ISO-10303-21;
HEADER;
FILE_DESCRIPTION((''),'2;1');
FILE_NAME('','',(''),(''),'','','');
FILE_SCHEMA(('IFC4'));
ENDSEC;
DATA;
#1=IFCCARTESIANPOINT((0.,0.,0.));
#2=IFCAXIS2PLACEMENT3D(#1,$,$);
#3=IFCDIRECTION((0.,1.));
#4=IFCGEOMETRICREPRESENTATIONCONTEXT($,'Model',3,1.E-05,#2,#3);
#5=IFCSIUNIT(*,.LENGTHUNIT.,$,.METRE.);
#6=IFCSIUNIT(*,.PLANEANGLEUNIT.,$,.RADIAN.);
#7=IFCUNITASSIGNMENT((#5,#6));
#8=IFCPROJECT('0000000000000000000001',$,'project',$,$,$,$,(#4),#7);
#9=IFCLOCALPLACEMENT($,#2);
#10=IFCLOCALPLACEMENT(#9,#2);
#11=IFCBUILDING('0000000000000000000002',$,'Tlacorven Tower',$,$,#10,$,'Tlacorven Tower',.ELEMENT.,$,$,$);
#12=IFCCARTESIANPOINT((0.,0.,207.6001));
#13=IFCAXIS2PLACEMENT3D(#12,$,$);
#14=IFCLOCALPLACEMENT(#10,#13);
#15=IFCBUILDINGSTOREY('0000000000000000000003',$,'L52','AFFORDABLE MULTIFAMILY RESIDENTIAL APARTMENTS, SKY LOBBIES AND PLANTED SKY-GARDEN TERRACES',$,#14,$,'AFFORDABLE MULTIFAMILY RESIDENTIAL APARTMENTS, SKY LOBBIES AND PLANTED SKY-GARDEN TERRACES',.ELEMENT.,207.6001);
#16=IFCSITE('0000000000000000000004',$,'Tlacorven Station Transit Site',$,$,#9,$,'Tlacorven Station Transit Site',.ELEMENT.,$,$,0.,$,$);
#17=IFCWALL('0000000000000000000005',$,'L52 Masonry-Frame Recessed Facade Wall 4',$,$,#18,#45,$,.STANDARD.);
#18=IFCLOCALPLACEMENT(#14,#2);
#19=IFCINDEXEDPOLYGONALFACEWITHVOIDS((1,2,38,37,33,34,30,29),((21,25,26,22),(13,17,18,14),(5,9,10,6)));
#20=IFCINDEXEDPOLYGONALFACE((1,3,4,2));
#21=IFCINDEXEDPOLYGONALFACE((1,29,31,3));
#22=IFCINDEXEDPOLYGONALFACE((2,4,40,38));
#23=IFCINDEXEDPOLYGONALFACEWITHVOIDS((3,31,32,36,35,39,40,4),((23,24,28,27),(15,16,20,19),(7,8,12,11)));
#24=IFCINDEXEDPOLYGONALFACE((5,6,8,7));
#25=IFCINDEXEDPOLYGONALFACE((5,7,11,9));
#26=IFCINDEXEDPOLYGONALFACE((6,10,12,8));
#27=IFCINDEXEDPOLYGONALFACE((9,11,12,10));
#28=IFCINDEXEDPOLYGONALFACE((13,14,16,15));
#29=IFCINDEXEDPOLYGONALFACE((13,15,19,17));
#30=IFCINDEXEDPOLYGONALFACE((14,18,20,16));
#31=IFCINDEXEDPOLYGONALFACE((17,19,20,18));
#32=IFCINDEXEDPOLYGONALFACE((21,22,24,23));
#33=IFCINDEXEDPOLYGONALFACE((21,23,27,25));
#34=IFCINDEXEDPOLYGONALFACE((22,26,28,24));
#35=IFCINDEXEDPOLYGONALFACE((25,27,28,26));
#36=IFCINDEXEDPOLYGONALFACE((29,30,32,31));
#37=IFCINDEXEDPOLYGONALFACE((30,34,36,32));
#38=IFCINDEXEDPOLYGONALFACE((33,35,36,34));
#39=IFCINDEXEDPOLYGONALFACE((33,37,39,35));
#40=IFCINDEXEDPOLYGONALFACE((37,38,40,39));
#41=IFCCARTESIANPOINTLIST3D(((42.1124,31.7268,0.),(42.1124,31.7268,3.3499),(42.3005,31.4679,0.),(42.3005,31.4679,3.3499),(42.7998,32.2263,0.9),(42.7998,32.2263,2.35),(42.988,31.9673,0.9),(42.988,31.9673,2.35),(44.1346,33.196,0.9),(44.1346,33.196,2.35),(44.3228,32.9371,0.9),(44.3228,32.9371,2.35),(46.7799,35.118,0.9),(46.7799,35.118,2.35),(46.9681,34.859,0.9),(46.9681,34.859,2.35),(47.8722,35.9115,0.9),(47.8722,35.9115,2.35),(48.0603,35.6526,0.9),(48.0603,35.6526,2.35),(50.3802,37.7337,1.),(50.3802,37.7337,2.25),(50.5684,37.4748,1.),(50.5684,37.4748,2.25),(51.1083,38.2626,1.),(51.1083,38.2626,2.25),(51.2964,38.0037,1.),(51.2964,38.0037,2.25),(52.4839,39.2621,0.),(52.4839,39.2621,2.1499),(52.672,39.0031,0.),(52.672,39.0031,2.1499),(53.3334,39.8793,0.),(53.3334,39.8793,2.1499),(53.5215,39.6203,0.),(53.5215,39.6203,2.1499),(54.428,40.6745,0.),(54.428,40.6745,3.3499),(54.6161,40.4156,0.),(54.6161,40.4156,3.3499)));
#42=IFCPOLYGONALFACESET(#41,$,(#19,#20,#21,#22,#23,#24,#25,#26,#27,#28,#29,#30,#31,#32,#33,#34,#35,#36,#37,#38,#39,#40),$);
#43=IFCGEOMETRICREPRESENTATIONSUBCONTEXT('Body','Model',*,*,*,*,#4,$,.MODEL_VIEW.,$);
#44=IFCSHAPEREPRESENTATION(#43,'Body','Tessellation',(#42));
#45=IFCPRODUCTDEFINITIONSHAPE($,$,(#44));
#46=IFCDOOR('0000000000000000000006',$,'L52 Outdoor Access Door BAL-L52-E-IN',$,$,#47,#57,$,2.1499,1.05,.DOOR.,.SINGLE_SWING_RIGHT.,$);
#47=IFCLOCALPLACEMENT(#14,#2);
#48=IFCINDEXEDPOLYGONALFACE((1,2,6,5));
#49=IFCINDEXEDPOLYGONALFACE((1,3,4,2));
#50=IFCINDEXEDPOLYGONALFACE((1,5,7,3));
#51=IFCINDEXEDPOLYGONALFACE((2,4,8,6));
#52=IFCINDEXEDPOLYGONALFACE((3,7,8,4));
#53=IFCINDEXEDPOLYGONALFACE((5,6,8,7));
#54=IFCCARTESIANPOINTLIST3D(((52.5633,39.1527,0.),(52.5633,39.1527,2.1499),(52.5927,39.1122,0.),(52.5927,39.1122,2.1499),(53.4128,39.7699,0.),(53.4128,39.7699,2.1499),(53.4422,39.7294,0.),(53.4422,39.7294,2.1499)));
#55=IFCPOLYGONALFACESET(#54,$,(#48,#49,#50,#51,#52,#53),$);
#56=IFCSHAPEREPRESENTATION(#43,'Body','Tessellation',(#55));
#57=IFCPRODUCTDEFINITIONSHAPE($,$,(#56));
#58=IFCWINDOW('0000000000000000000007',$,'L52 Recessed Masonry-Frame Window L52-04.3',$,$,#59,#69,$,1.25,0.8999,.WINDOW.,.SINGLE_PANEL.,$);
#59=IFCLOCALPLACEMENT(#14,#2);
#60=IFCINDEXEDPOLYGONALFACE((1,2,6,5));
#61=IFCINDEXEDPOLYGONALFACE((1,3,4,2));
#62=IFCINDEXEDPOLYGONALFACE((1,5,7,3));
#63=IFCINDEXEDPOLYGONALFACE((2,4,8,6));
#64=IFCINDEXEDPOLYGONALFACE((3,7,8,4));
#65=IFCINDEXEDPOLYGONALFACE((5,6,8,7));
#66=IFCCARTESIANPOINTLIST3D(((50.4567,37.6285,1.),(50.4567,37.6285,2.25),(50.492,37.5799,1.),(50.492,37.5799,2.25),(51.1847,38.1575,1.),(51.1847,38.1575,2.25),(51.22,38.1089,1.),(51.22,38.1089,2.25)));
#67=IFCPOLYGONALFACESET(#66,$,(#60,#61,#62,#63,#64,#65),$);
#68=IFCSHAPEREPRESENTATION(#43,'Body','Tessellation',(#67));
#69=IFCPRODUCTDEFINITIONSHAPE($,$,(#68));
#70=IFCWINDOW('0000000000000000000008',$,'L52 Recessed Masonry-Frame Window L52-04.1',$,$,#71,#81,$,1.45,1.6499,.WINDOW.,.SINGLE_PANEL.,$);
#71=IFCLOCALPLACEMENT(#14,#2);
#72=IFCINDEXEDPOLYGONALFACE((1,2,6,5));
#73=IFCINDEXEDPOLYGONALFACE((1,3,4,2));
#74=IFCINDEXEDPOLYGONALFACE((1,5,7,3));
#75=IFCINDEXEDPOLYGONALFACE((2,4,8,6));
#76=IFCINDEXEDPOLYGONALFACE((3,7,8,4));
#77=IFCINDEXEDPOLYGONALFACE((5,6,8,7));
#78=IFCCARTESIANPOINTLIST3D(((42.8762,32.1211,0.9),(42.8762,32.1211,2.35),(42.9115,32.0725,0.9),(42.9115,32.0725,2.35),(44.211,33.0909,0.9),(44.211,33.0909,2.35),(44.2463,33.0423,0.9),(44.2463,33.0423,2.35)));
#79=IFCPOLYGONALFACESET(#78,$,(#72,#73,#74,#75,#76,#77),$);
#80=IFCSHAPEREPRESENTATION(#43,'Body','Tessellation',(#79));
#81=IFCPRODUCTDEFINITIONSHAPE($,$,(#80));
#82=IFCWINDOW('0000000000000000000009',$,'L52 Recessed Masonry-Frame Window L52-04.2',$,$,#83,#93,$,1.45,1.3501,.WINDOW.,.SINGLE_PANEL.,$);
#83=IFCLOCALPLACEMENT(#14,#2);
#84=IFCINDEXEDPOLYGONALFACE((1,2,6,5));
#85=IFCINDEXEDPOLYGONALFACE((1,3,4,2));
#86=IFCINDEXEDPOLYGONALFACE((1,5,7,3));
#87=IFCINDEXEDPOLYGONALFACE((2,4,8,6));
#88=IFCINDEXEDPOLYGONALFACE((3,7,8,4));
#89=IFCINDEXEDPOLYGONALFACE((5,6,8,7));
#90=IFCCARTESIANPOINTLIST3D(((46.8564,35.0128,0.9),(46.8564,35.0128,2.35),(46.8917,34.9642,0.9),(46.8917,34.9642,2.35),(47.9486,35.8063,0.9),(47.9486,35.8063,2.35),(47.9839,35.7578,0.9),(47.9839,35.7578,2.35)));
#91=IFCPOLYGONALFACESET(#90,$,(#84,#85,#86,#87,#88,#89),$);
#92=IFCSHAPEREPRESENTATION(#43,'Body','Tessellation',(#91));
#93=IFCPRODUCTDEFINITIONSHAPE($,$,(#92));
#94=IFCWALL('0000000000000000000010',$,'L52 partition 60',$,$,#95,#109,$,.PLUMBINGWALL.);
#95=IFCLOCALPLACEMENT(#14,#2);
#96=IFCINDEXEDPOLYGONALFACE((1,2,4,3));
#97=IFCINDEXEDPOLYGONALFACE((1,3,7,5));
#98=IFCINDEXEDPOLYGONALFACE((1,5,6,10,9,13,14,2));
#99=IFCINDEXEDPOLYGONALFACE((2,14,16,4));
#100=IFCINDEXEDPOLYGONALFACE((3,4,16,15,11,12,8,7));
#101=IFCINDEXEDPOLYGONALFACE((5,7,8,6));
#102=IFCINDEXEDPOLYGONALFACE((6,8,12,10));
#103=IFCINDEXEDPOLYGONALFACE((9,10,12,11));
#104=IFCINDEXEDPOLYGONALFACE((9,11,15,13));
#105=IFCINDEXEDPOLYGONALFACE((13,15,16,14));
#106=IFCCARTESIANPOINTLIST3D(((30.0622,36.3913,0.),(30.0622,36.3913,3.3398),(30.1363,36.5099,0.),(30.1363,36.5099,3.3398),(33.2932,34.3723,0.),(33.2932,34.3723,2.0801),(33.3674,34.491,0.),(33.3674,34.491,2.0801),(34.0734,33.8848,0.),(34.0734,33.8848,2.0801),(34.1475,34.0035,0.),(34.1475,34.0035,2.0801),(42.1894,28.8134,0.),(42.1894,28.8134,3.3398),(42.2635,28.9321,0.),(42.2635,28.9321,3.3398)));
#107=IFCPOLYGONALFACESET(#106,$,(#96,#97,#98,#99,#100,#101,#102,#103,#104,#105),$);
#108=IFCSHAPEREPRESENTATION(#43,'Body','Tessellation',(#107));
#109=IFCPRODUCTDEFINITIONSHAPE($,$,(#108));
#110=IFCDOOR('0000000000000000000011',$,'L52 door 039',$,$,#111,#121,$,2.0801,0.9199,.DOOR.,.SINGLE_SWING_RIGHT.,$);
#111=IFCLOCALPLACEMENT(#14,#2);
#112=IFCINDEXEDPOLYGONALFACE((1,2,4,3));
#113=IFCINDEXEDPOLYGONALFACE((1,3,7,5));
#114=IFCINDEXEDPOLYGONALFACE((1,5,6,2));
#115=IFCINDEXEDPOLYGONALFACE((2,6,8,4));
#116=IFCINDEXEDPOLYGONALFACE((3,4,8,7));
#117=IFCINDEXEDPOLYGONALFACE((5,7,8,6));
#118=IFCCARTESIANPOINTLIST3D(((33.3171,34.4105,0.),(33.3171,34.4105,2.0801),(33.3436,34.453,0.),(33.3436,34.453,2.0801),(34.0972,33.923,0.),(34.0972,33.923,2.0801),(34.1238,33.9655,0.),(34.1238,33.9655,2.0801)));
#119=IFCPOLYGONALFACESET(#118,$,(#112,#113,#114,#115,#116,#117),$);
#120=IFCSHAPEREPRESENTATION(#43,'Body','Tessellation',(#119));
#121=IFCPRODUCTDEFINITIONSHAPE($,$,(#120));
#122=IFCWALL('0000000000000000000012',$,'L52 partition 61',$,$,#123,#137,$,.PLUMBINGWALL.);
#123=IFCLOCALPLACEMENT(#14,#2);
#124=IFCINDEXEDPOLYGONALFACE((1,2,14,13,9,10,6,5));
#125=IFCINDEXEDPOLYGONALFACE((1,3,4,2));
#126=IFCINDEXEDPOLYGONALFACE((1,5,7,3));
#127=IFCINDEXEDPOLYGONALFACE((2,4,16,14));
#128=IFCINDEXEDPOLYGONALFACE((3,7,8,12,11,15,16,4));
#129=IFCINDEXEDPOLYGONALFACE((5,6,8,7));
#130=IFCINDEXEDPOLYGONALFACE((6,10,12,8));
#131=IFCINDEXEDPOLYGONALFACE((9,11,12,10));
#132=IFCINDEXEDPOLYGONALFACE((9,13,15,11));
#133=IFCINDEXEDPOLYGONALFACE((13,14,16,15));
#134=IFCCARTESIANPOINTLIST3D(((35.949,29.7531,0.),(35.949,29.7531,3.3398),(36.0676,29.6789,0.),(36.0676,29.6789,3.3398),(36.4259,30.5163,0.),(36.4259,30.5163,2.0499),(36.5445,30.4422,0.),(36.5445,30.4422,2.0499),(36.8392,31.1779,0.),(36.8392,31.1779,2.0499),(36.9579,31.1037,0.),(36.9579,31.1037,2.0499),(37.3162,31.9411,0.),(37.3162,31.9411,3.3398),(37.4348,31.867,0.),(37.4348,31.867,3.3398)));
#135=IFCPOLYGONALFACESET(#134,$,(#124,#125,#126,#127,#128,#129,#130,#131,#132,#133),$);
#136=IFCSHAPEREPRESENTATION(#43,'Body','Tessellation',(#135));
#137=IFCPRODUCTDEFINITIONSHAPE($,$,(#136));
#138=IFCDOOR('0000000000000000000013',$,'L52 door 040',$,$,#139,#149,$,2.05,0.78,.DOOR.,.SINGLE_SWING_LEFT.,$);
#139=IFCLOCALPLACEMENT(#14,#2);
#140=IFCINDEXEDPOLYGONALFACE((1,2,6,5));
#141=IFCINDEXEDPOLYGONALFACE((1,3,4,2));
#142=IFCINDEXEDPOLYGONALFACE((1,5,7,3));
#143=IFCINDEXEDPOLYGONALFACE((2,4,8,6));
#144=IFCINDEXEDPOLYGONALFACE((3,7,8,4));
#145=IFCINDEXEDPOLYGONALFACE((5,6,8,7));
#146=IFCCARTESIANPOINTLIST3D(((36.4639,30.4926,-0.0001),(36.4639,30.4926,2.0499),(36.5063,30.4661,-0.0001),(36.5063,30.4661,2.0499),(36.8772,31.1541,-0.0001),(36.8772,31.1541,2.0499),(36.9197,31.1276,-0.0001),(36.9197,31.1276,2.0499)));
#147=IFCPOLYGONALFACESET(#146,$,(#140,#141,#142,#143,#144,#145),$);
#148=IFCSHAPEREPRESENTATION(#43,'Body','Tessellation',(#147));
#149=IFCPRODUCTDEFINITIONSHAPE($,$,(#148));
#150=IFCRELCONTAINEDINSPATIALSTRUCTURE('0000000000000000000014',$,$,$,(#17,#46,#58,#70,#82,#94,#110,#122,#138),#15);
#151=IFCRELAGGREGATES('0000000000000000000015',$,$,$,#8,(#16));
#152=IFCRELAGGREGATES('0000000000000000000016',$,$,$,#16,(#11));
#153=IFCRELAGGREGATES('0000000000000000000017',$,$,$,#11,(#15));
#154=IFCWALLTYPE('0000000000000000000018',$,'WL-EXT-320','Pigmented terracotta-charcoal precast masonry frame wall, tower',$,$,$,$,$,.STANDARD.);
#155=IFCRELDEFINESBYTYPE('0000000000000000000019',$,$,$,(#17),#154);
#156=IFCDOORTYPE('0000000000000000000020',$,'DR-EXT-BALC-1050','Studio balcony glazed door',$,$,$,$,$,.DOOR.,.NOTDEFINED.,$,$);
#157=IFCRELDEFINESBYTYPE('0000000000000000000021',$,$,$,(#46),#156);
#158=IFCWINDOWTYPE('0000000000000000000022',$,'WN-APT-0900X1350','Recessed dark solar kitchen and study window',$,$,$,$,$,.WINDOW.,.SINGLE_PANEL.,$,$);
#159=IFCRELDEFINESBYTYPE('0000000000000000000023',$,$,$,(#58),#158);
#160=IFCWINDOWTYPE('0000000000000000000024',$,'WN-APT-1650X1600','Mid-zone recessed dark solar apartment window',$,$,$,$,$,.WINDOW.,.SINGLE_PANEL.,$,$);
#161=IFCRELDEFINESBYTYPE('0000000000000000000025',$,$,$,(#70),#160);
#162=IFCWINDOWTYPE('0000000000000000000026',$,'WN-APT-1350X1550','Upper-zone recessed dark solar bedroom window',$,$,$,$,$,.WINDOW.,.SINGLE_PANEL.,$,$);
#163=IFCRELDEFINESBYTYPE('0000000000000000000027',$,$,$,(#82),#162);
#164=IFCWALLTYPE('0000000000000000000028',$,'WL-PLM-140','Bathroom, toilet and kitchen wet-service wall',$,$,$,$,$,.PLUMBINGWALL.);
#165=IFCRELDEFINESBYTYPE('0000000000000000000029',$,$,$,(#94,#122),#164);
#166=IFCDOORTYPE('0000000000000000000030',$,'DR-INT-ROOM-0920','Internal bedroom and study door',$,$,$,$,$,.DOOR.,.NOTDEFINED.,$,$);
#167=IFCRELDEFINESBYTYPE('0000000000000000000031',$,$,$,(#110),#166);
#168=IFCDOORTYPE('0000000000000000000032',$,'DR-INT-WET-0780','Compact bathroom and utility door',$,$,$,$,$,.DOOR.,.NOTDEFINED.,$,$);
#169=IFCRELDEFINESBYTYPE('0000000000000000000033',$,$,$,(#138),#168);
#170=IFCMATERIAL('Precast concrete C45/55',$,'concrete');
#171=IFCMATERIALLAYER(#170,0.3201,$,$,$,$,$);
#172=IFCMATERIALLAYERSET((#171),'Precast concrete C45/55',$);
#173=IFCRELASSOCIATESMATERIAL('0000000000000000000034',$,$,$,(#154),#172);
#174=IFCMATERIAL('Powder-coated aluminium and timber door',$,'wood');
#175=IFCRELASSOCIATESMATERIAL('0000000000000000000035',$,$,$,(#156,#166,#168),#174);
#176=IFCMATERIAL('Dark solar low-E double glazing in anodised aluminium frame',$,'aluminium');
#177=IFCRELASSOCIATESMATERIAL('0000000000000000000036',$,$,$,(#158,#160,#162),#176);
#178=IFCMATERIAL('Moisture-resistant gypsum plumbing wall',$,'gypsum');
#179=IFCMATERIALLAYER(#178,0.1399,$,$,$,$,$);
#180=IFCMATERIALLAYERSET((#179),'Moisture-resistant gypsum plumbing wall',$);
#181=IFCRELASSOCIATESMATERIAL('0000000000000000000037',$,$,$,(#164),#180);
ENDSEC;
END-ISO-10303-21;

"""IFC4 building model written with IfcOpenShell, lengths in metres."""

from ifc_helpers import new_model, si_unit, direction, frame, frame_2d, origin, place, context, subcontext, project, spatial, rectangle, extrude, source, transform, mapped, material, layer, layer_set, type_object, element, fill, save


model = new_model("IFC4")

# Units and contexts
model_context = context("Model", 3, precision=1e-05, world=origin(), true_north=direction((0.0, 1.0)))
body_context = subcontext(model_context, "Body", "Model", "MODEL_VIEW")
ifc_project = project(units=[si_unit("LENGTHUNIT", "METRE"), si_unit("PLANEANGLEUNIT", "RADIAN")], contexts=[model_context])

# Site, building, storey
site_placement = place(None, origin())
site = spatial("IfcSite", under=ifc_project, at=site_placement, Name="Tlacorven Station Transit Site", LongName="Tlacorven Station Transit Site", CompositionType="ELEMENT", RefElevation=0.0)
building_placement = place(site_placement, origin())
building = spatial("IfcBuilding", under=site, at=building_placement, Name="Tlacorven Tower", LongName="Tlacorven Tower", CompositionType="ELEMENT")
storey_placement = place(building_placement, frame((0.0, 0.0, 207.6001)))
storey = spatial("IfcBuildingStorey", under=building, at=storey_placement, Name="L52", Description="AFFORDABLE MULTIFAMILY RESIDENTIAL APARTMENTS, SKY LOBBIES AND PLANTED SKY-GARDEN TERRACES", LongName="AFFORDABLE MULTIFAMILY RESIDENTIAL APARTMENTS, SKY LOBBIES AND PLANTED SKY-GARDEN TERRACES", CompositionType="ELEMENT", Elevation=207.6001)

# Wall, openings, door, windows
ifc_material_1 = material(Name="Precast concrete C45/55", Category="concrete")
ifc_layer_1 = layer(ifc_material_1, 0.3201)
ifc_layer_set_1 = layer_set([ifc_layer_1], Name="Precast concrete C45/55")
wall_type_1 = type_object("IfcWallType", Name="WL-EXT-320", Description="Pigmented terracotta-charcoal precast masonry frame wall, tower", PredefinedType="STANDARD", material=ifc_layer_set_1)
wall_1_placement = place(storey_placement, frame((42.2065, 31.5974, 0.0), z_axis=(0.0, 0.0, 1.0), x_axis=(0.80902, 0.587781, 0.0)))
wall_1 = element("IfcWall", 1, at=wall_1_placement, inside=storey, type_object=wall_type_1, Name="L52 Masonry-Frame Recessed Facade Wall 4", PredefinedType="STANDARD", context=body_context, shape_type="SweptSolid", body=[
    extrude(rectangle(XDim=15.2229, YDim=0.3201, at=frame_2d((7.6113, 0.0))), origin(), (0.0, 0.0, 1.0), 3.3499),
])
opening_1_placement = place(wall_1_placement, frame((12.8198, 0.0, 0.0)))
opening_1 = element("IfcOpeningElement", 2, at=opening_1_placement, cuts=wall_1, PredefinedType="OPENING", context=body_context, shape_type="SweptSolid", body=[
    extrude(rectangle(XDim=1.05, YDim=2.1499, at=frame_2d((0.5249, 1.075))), frame((0.0, 0.1699, 0.0), z_axis=(0.0, -1.0, 0.0), x_axis=(1.0, 0.0, 0.0)), (0.0, 0.0, 1.0), 0.3401),
])
opening_2_placement = place(wall_1_placement, frame((0.8496, 0.0, 0.8999)))
opening_2 = element("IfcOpeningElement", 3, at=opening_2_placement, cuts=wall_1, PredefinedType="OPENING", context=body_context, shape_type="SweptSolid", body=[
    extrude(rectangle(XDim=1.6499, YDim=1.45, at=frame_2d((0.825, 0.7251))), frame((0.0, 0.1699, 0.0), z_axis=(0.0, -1.0, 0.0), x_axis=(1.0, 0.0, 0.0)), (0.0, 0.0, 1.0), 0.3401),
])
opening_3_placement = place(wall_1_placement, frame((5.7693, 0.0, 0.8999)))
opening_3 = element("IfcOpeningElement", 4, at=opening_3_placement, cuts=wall_1, PredefinedType="OPENING", context=body_context, shape_type="SweptSolid", body=[
    extrude(rectangle(XDim=1.3501, YDim=1.45, at=frame_2d((0.675, 0.7251))), frame((0.0, 0.1699, 0.0), z_axis=(0.0, -1.0, 0.0), x_axis=(1.0, 0.0, 0.0)), (0.0, 0.0, 1.0), 0.3401),
])
opening_4_placement = place(wall_1_placement, frame((10.2195, 0.0, 1.0)))
opening_4 = element("IfcOpeningElement", 5, at=opening_4_placement, cuts=wall_1, PredefinedType="OPENING", context=body_context, shape_type="SweptSolid", body=[
    extrude(rectangle(XDim=0.8999, YDim=1.25, at=frame_2d((0.45, 0.625))), frame((0.0, 0.1699, 0.0), z_axis=(0.0, -1.0, 0.0), x_axis=(1.0, 0.0, 0.0)), (0.0, 0.0, 1.0), 0.3401),
])
ifc_material_2 = material(Name="Powder-coated aluminium and timber door", Category="wood")
door_type_1 = type_object("IfcDoorType", Name="DR-EXT-BALC-1050", Description="Studio balcony glazed door", OperationType="NOTDEFINED", PredefinedType="DOOR", material=ifc_material_2)
shared_shape_1 = source(origin(), body_context, "Body", "SweptSolid", [
    extrude(rectangle(XDim=1.05, YDim=2.1499, at=frame_2d((0.5249, 1.075))), frame((0.0, 0.0249, 0.0), z_axis=(0.0, -1.0, 0.0), x_axis=(1.0, 0.0, 0.0)), (0.0, 0.0, 1.0), 0.05),
])
door_1_placement = place(opening_1_placement, origin())
door_1 = element("IfcDoor", 6, at=door_1_placement, inside=storey, type_object=door_type_1, Name="L52 Outdoor Access Door BAL-L52-E-IN", OperationType="SINGLE_SWING_RIGHT", OverallHeight=2.1499, OverallWidth=1.05, PredefinedType="DOOR", context=body_context, shape_type="MappedRepresentation", body=[
    mapped(shared_shape_1, transform((0.0, 0.0, 0.0), scale=1.0)),
])
fill(opening_1, door_1)
ifc_material_3 = material(Name="Dark solar low-E double glazing in anodised aluminium frame", Category="aluminium")
window_type_1 = type_object("IfcWindowType", Name="WN-APT-0900X1350", Description="Recessed dark solar kitchen and study window", PartitioningType="SINGLE_PANEL", PredefinedType="WINDOW", material=ifc_material_3)
shared_shape_2 = source(origin(), body_context, "Body", "SweptSolid", [
    extrude(rectangle(XDim=0.8999, YDim=1.25, at=frame_2d((0.45, 0.625))), frame((0.0, 0.03, 0.0), z_axis=(0.0, -1.0, 0.0), x_axis=(1.0, 0.0, 0.0)), (0.0, 0.0, 1.0), 0.0601),
])
window_1_placement = place(opening_4_placement, origin())
window_1 = element("IfcWindow", 7, at=window_1_placement, inside=storey, type_object=window_type_1, Name="L52 Recessed Masonry-Frame Window L52-04.3", OverallHeight=1.25, OverallWidth=0.8999, PartitioningType="SINGLE_PANEL", PredefinedType="WINDOW", context=body_context, shape_type="MappedRepresentation", body=[
    mapped(shared_shape_2, transform((0.0, 0.0, 0.0), scale=1.0)),
])
fill(opening_4, window_1)
window_type_2 = type_object("IfcWindowType", Name="WN-APT-1650X1600", Description="Mid-zone recessed dark solar apartment window", PartitioningType="SINGLE_PANEL", PredefinedType="WINDOW", material=ifc_material_3)
shared_shape_3 = source(origin(), body_context, "Body", "SweptSolid", [
    extrude(rectangle(XDim=1.6499, YDim=1.45, at=frame_2d((0.825, 0.7251))), frame((0.0, 0.03, 0.0), z_axis=(0.0, -1.0, 0.0), x_axis=(1.0, 0.0, 0.0)), (0.0, 0.0, 1.0), 0.0601),
])
window_2_placement = place(opening_2_placement, origin())
window_2 = element("IfcWindow", 8, at=window_2_placement, inside=storey, type_object=window_type_2, Name="L52 Recessed Masonry-Frame Window L52-04.1", OverallHeight=1.45, OverallWidth=1.6499, PartitioningType="SINGLE_PANEL", PredefinedType="WINDOW", context=body_context, shape_type="MappedRepresentation", body=[
    mapped(shared_shape_3, transform((0.0, 0.0, 0.0), scale=1.0)),
])
fill(opening_2, window_2)
window_type_3 = type_object("IfcWindowType", Name="WN-APT-1350X1550", Description="Upper-zone recessed dark solar bedroom window", PartitioningType="SINGLE_PANEL", PredefinedType="WINDOW", material=ifc_material_3)
shared_shape_4 = source(origin(), body_context, "Body", "SweptSolid", [
    extrude(rectangle(XDim=1.3501, YDim=1.45, at=frame_2d((0.675, 0.7251))), frame((0.0, 0.03, 0.0), z_axis=(0.0, -1.0, 0.0), x_axis=(1.0, 0.0, 0.0)), (0.0, 0.0, 1.0), 0.0601),
])
window_3_placement = place(opening_3_placement, origin())
window_3 = element("IfcWindow", 9, at=window_3_placement, inside=storey, type_object=window_type_3, Name="L52 Recessed Masonry-Frame Window L52-04.2", OverallHeight=1.45, OverallWidth=1.3501, PartitioningType="SINGLE_PANEL", PredefinedType="WINDOW", context=body_context, shape_type="MappedRepresentation", body=[
    mapped(shared_shape_4, transform((0.0, 0.0, 0.0), scale=1.0)),
])
fill(opening_3, window_3)

# Walls, openings, doors
ifc_material_4 = material(Name="Moisture-resistant gypsum plumbing wall", Category="gypsum")
ifc_layer_2 = layer(ifc_material_4, 0.1399)
ifc_layer_set_2 = layer_set([ifc_layer_2], Name="Moisture-resistant gypsum plumbing wall")
wall_type_2 = type_object("IfcWallType", Name="WL-PLM-140", Description="Bathroom, toilet and kitchen wet-service wall", PredefinedType="PLUMBINGWALL", material=ifc_layer_set_2)
wall_2_placement = place(storey_placement, frame((42.2263, 28.8728, 0.0), z_axis=(0.0, 0.0, 1.0), x_axis=(-0.848049, 0.529918, 0.0)))
wall_2 = element("IfcWall", 10, at=wall_2_placement, inside=storey, type_object=wall_type_2, Name="L52 partition 60", PredefinedType="PLUMBINGWALL", context=body_context, shape_type="SweptSolid", body=[
    extrude(rectangle(XDim=14.3, YDim=0.1399, at=frame_2d((7.1499, 0.0))), origin(), (0.0, 0.0, 1.0), 3.3398),
])
opening_5_placement = place(wall_2_placement, frame((9.5701, 0.0, 0.0)))
opening_5 = element("IfcOpeningElement", 11, at=opening_5_placement, cuts=wall_2, PredefinedType="OPENING", context=body_context, shape_type="SweptSolid", body=[
    extrude(rectangle(XDim=0.9199, YDim=2.0801, at=frame_2d((0.46, 1.04))), frame((0.0, 0.0801, 0.0), z_axis=(0.0, -1.0, 0.0), x_axis=(1.0, 0.0, 0.0)), (0.0, 0.0, 1.0), 0.1599),
])
door_type_2 = type_object("IfcDoorType", Name="DR-INT-ROOM-0920", Description="Internal bedroom and study door", OperationType="NOTDEFINED", PredefinedType="DOOR", material=ifc_material_2)
shared_shape_5 = source(origin(), body_context, "Body", "SweptSolid", [
    extrude(rectangle(XDim=0.9199, YDim=2.0801, at=frame_2d((0.46, 1.04))), frame((0.0, 0.0249, 0.0), z_axis=(0.0, -1.0, 0.0), x_axis=(1.0, 0.0, 0.0)), (0.0, 0.0, 1.0), 0.05),
])
door_2_placement = place(opening_5_placement, origin())
door_2 = element("IfcDoor", 12, at=door_2_placement, inside=storey, type_object=door_type_2, Name="L52 door 039", OperationType="SINGLE_SWING_RIGHT", OverallHeight=2.0801, OverallWidth=0.9199, PredefinedType="DOOR", context=body_context, shape_type="MappedRepresentation", body=[
    mapped(shared_shape_5, transform((0.0, 0.0, 0.0), scale=1.0)),
])
fill(opening_5, door_2)
wall_3_placement = place(storey_placement, frame((37.3755, 31.9041, 0.0), z_axis=(0.0, 0.0, 1.0), x_axis=(-0.529914, -0.848051, 0.0)))
wall_3 = element("IfcWall", 13, at=wall_3_placement, inside=storey, type_object=wall_type_2, Name="L52 partition 61", PredefinedType="PLUMBINGWALL", context=body_context, shape_type="SweptSolid", body=[
    extrude(rectangle(XDim=2.5801, YDim=0.1399, at=frame_2d((1.29, 0.0))), origin(), (0.0, 0.0, 1.0), 3.3398),
])
opening_6_placement = place(wall_3_placement, frame((0.8999, 0.0, 0.0)))
opening_6 = element("IfcOpeningElement", 14, at=opening_6_placement, cuts=wall_3, PredefinedType="OPENING", context=body_context, shape_type="SweptSolid", body=[
    extrude(rectangle(XDim=0.78, YDim=2.05, at=frame_2d((0.3901, 1.0249))), frame((0.0, 0.0801, 0.0), z_axis=(0.0, -1.0, 0.0), x_axis=(1.0, 0.0, 0.0)), (0.0, 0.0, 1.0), 0.1599),
])
door_type_3 = type_object("IfcDoorType", Name="DR-INT-WET-0780", Description="Compact bathroom and utility door", OperationType="NOTDEFINED", PredefinedType="DOOR", material=ifc_material_2)
shared_shape_6 = source(origin(), body_context, "Body", "SweptSolid", [
    extrude(rectangle(XDim=0.78, YDim=2.05, at=frame_2d((0.3901, 1.0249))), frame((0.0, 0.0249, 0.0), z_axis=(0.0, -1.0, 0.0), x_axis=(1.0, 0.0, 0.0)), (0.0, 0.0, 1.0), 0.05),
])
door_3_placement = place(opening_6_placement, origin())
door_3 = element("IfcDoor", 15, at=door_3_placement, inside=storey, type_object=door_type_3, Name="L52 door 040", OperationType="SINGLE_SWING_LEFT", OverallHeight=2.05, OverallWidth=0.78, PredefinedType="DOOR", context=body_context, shape_type="MappedRepresentation", body=[
    mapped(shared_shape_6, transform((0.0, 0.0, 0.0), scale=1.0)),
])
fill(opening_6, door_3)

save(model, "model.ifc")
